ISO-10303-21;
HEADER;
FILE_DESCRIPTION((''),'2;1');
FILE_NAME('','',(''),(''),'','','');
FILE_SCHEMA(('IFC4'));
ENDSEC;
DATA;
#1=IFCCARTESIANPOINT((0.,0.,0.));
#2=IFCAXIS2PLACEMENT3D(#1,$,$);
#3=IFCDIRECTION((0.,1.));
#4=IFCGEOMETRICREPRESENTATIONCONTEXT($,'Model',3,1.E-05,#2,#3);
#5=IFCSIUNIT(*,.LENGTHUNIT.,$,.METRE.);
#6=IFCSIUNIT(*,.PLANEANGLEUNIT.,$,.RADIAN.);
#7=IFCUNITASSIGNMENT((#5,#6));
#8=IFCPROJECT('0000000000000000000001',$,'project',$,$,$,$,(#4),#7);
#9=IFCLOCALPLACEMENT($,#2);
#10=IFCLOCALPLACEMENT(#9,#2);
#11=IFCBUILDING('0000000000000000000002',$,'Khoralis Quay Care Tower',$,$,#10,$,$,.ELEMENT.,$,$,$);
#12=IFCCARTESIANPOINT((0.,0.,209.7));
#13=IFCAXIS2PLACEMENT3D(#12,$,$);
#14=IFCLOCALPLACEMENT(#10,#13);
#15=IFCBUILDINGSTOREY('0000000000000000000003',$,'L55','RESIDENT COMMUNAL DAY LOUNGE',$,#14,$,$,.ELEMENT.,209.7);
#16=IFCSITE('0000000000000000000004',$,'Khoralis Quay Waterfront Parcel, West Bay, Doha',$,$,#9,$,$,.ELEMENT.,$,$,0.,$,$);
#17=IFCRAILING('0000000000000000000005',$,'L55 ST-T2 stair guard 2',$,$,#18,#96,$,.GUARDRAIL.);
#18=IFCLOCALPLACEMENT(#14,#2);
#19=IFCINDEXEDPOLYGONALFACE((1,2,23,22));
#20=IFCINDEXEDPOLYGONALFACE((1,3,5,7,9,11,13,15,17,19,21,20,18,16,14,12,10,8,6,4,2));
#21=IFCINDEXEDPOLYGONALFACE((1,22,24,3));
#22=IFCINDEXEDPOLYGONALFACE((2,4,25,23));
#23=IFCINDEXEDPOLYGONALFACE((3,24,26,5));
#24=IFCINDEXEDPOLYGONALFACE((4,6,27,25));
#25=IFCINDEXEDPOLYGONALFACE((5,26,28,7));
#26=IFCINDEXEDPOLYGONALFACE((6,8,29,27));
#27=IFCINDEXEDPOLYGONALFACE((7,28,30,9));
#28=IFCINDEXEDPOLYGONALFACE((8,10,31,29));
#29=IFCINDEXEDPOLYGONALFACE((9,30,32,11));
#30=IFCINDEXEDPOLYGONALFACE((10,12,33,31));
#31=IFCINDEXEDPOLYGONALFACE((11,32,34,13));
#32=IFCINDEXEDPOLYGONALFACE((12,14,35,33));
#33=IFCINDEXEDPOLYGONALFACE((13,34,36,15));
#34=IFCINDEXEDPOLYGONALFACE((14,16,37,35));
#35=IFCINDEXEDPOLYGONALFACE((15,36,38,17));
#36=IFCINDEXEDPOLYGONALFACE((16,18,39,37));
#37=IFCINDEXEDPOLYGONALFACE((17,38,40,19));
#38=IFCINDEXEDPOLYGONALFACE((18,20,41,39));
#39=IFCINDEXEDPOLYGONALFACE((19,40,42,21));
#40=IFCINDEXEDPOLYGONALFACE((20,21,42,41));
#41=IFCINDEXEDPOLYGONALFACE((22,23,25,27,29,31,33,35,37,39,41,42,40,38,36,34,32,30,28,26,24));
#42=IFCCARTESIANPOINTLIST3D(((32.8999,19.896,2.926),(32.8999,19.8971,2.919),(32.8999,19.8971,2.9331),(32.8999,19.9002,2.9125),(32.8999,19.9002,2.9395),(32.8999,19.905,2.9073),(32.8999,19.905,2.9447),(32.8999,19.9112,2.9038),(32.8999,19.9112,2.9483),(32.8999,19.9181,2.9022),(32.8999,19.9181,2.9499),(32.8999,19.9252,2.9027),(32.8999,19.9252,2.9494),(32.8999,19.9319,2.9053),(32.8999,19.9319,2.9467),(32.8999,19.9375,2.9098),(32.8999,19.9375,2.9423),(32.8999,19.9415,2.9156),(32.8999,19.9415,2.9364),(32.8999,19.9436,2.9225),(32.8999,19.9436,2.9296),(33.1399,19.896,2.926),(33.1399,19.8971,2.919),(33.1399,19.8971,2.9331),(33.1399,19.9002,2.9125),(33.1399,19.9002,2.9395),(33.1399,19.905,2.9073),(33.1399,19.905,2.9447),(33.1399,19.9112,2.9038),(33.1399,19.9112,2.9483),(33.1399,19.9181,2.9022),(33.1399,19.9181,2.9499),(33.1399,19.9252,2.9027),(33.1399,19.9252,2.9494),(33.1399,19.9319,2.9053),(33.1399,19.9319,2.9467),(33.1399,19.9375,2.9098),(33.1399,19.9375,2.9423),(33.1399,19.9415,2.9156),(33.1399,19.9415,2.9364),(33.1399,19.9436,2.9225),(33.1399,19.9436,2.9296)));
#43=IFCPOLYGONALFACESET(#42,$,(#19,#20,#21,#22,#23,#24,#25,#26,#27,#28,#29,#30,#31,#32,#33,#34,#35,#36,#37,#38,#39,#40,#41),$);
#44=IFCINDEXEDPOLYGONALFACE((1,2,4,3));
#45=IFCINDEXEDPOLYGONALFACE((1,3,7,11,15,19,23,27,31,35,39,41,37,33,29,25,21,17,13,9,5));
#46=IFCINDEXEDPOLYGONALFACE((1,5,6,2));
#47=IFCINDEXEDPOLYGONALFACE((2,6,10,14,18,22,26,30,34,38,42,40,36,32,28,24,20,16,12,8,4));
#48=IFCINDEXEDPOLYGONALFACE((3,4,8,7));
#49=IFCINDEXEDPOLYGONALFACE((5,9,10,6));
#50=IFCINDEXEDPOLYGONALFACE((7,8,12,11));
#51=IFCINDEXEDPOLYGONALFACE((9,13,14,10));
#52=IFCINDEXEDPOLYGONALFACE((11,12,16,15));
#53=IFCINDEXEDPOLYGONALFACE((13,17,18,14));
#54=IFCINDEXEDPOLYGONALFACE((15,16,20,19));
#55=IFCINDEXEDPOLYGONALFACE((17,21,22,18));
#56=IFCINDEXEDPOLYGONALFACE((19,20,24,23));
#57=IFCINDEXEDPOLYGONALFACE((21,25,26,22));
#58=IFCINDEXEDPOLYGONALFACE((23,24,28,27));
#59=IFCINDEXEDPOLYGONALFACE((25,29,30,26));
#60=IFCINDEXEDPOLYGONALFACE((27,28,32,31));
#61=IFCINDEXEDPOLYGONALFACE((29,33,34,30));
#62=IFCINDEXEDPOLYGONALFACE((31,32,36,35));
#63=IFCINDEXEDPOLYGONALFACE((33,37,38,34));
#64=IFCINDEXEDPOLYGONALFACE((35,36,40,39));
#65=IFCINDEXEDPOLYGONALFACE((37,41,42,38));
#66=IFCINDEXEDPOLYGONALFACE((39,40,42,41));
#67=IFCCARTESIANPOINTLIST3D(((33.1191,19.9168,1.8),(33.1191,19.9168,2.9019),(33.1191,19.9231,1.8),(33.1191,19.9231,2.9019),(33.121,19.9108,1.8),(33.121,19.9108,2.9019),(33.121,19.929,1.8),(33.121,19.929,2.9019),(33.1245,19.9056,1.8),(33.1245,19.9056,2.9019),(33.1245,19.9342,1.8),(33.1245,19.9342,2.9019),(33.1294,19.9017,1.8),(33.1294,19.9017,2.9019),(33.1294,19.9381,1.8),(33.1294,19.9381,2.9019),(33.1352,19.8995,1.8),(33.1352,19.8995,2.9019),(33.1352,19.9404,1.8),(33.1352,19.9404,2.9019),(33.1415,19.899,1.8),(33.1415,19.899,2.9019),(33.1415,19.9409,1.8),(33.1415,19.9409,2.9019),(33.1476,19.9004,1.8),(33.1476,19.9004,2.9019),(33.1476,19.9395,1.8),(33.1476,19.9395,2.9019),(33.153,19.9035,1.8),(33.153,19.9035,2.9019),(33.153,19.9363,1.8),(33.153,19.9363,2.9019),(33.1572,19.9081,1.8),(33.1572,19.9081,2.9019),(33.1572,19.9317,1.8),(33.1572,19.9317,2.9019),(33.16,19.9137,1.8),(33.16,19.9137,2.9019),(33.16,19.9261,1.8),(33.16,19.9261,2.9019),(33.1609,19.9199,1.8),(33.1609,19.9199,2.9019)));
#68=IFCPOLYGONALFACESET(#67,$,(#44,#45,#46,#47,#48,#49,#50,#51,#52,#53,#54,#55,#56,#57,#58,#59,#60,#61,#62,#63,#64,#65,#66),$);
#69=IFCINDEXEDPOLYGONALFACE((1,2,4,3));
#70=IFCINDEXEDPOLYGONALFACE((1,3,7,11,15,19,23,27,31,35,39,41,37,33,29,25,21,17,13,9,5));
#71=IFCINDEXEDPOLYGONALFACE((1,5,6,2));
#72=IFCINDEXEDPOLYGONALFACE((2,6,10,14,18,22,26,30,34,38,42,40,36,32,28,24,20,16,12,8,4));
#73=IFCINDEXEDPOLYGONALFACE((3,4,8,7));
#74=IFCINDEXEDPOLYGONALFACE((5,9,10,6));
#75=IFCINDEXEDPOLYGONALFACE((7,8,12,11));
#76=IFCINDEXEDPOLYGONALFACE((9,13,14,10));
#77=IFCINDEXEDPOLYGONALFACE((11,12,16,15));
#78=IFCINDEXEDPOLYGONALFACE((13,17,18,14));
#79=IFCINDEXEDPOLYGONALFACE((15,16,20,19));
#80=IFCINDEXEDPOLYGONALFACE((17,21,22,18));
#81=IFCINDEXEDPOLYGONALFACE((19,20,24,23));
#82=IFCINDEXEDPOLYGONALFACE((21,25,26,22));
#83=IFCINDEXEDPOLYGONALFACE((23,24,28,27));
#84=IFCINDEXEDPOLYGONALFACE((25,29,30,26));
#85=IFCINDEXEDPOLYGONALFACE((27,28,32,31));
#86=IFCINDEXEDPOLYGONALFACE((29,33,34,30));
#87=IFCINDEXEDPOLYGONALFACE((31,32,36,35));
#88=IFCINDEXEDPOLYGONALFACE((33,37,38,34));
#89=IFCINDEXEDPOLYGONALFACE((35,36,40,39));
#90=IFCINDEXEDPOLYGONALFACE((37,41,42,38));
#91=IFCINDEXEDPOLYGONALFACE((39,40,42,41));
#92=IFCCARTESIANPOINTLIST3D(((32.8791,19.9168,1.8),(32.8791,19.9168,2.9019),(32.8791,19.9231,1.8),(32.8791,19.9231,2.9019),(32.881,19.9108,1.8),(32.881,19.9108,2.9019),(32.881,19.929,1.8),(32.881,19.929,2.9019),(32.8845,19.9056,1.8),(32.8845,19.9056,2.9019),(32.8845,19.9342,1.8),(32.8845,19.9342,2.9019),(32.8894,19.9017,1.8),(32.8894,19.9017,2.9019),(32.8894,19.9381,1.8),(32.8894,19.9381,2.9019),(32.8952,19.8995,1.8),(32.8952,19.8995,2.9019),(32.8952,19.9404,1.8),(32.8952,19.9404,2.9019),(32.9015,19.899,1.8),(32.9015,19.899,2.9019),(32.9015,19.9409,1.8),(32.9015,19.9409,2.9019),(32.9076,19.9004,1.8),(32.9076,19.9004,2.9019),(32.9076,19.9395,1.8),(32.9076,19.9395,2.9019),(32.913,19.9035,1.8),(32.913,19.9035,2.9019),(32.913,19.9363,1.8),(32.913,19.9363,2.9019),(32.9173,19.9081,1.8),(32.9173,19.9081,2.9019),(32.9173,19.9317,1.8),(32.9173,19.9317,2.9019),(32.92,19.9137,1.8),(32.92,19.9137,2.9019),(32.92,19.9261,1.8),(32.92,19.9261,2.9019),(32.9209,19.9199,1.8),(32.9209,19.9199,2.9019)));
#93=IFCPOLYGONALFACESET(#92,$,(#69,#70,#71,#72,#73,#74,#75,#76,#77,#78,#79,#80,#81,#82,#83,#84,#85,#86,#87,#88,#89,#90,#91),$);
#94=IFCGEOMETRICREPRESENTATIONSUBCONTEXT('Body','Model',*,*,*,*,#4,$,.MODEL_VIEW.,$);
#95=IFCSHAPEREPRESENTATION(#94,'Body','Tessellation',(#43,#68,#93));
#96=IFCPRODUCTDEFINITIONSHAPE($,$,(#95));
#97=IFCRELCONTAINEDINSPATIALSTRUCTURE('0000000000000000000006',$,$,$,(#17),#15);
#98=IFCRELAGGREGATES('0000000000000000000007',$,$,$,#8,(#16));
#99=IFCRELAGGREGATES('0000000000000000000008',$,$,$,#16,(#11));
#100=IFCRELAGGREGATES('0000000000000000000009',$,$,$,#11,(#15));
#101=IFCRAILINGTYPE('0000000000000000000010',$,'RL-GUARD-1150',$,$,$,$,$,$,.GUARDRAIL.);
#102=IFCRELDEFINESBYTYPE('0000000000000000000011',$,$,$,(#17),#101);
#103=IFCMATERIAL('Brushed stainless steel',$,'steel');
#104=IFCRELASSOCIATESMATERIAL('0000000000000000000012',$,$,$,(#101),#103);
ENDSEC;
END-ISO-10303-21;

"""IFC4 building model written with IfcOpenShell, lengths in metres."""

from ifc_helpers import new_model, si_unit, direction, frame, origin, origin_2d, place, context, subcontext, project, spatial, circle, extrude, material, type_object, element, save


model = new_model("IFC4")

# Units and contexts
model_context = context("Model", 3, precision=1e-05, world=origin(), true_north=direction((0.0, 1.0)))
body_context = subcontext(model_context, "Body", "Model", "MODEL_VIEW")
ifc_project = project(units=[si_unit("LENGTHUNIT", "METRE"), si_unit("PLANEANGLEUNIT", "RADIAN")], contexts=[model_context])

# Site, building, storey
site_placement = place(None, origin())
site = spatial("IfcSite", under=ifc_project, at=site_placement, Name="Khoralis Quay Waterfront Parcel, West Bay, Doha", CompositionType="ELEMENT", RefElevation=0.0)
building_placement = place(site_placement, origin())
building = spatial("IfcBuilding", under=site, at=building_placement, Name="Khoralis Quay Care Tower", CompositionType="ELEMENT")
storey_placement = place(building_placement, frame((0.0, 0.0, 209.7)))
storey = spatial("IfcBuildingStorey", under=building, at=storey_placement, Name="L55", Description="RESIDENT COMMUNAL DAY LOUNGE", CompositionType="ELEMENT", Elevation=209.7)

# Shared definitions
ifc_material_1 = material(Name="Brushed stainless steel", Category="steel")

# Railing
railing_type_1 = type_object("IfcRailingType", Name="RL-GUARD-1150", PredefinedType="GUARDRAIL", material=ifc_material_1)
railing_1_placement = place(storey_placement, frame((33.1399, 19.9199, 1.8)))
element("IfcRailing", 1, at=railing_1_placement, inside=storey, type_object=railing_type_1, Name="L55 ST-T2 stair guard 2", PredefinedType="GUARDRAIL", context=body_context, shape_type="SweptSolid", body=[
    extrude(circle(Radius=0.0239, at=origin_2d()), frame((0.0, 0.0, 1.126), z_axis=(-1.0, 0.0, 0.0), x_axis=(0.0, -1.0, 0.0)), (0.0, 0.0, 1.0), 0.24),
    extrude(circle(Radius=0.021, at=origin_2d()), origin(), (0.0, 0.0, 1.0), 1.1018),
    extrude(circle(Radius=0.021, at=origin_2d()), frame((-0.24, 0.0, 0.0)), (0.0, 0.0, 1.0), 1.1018),
])

save(model, "model.ifc")
